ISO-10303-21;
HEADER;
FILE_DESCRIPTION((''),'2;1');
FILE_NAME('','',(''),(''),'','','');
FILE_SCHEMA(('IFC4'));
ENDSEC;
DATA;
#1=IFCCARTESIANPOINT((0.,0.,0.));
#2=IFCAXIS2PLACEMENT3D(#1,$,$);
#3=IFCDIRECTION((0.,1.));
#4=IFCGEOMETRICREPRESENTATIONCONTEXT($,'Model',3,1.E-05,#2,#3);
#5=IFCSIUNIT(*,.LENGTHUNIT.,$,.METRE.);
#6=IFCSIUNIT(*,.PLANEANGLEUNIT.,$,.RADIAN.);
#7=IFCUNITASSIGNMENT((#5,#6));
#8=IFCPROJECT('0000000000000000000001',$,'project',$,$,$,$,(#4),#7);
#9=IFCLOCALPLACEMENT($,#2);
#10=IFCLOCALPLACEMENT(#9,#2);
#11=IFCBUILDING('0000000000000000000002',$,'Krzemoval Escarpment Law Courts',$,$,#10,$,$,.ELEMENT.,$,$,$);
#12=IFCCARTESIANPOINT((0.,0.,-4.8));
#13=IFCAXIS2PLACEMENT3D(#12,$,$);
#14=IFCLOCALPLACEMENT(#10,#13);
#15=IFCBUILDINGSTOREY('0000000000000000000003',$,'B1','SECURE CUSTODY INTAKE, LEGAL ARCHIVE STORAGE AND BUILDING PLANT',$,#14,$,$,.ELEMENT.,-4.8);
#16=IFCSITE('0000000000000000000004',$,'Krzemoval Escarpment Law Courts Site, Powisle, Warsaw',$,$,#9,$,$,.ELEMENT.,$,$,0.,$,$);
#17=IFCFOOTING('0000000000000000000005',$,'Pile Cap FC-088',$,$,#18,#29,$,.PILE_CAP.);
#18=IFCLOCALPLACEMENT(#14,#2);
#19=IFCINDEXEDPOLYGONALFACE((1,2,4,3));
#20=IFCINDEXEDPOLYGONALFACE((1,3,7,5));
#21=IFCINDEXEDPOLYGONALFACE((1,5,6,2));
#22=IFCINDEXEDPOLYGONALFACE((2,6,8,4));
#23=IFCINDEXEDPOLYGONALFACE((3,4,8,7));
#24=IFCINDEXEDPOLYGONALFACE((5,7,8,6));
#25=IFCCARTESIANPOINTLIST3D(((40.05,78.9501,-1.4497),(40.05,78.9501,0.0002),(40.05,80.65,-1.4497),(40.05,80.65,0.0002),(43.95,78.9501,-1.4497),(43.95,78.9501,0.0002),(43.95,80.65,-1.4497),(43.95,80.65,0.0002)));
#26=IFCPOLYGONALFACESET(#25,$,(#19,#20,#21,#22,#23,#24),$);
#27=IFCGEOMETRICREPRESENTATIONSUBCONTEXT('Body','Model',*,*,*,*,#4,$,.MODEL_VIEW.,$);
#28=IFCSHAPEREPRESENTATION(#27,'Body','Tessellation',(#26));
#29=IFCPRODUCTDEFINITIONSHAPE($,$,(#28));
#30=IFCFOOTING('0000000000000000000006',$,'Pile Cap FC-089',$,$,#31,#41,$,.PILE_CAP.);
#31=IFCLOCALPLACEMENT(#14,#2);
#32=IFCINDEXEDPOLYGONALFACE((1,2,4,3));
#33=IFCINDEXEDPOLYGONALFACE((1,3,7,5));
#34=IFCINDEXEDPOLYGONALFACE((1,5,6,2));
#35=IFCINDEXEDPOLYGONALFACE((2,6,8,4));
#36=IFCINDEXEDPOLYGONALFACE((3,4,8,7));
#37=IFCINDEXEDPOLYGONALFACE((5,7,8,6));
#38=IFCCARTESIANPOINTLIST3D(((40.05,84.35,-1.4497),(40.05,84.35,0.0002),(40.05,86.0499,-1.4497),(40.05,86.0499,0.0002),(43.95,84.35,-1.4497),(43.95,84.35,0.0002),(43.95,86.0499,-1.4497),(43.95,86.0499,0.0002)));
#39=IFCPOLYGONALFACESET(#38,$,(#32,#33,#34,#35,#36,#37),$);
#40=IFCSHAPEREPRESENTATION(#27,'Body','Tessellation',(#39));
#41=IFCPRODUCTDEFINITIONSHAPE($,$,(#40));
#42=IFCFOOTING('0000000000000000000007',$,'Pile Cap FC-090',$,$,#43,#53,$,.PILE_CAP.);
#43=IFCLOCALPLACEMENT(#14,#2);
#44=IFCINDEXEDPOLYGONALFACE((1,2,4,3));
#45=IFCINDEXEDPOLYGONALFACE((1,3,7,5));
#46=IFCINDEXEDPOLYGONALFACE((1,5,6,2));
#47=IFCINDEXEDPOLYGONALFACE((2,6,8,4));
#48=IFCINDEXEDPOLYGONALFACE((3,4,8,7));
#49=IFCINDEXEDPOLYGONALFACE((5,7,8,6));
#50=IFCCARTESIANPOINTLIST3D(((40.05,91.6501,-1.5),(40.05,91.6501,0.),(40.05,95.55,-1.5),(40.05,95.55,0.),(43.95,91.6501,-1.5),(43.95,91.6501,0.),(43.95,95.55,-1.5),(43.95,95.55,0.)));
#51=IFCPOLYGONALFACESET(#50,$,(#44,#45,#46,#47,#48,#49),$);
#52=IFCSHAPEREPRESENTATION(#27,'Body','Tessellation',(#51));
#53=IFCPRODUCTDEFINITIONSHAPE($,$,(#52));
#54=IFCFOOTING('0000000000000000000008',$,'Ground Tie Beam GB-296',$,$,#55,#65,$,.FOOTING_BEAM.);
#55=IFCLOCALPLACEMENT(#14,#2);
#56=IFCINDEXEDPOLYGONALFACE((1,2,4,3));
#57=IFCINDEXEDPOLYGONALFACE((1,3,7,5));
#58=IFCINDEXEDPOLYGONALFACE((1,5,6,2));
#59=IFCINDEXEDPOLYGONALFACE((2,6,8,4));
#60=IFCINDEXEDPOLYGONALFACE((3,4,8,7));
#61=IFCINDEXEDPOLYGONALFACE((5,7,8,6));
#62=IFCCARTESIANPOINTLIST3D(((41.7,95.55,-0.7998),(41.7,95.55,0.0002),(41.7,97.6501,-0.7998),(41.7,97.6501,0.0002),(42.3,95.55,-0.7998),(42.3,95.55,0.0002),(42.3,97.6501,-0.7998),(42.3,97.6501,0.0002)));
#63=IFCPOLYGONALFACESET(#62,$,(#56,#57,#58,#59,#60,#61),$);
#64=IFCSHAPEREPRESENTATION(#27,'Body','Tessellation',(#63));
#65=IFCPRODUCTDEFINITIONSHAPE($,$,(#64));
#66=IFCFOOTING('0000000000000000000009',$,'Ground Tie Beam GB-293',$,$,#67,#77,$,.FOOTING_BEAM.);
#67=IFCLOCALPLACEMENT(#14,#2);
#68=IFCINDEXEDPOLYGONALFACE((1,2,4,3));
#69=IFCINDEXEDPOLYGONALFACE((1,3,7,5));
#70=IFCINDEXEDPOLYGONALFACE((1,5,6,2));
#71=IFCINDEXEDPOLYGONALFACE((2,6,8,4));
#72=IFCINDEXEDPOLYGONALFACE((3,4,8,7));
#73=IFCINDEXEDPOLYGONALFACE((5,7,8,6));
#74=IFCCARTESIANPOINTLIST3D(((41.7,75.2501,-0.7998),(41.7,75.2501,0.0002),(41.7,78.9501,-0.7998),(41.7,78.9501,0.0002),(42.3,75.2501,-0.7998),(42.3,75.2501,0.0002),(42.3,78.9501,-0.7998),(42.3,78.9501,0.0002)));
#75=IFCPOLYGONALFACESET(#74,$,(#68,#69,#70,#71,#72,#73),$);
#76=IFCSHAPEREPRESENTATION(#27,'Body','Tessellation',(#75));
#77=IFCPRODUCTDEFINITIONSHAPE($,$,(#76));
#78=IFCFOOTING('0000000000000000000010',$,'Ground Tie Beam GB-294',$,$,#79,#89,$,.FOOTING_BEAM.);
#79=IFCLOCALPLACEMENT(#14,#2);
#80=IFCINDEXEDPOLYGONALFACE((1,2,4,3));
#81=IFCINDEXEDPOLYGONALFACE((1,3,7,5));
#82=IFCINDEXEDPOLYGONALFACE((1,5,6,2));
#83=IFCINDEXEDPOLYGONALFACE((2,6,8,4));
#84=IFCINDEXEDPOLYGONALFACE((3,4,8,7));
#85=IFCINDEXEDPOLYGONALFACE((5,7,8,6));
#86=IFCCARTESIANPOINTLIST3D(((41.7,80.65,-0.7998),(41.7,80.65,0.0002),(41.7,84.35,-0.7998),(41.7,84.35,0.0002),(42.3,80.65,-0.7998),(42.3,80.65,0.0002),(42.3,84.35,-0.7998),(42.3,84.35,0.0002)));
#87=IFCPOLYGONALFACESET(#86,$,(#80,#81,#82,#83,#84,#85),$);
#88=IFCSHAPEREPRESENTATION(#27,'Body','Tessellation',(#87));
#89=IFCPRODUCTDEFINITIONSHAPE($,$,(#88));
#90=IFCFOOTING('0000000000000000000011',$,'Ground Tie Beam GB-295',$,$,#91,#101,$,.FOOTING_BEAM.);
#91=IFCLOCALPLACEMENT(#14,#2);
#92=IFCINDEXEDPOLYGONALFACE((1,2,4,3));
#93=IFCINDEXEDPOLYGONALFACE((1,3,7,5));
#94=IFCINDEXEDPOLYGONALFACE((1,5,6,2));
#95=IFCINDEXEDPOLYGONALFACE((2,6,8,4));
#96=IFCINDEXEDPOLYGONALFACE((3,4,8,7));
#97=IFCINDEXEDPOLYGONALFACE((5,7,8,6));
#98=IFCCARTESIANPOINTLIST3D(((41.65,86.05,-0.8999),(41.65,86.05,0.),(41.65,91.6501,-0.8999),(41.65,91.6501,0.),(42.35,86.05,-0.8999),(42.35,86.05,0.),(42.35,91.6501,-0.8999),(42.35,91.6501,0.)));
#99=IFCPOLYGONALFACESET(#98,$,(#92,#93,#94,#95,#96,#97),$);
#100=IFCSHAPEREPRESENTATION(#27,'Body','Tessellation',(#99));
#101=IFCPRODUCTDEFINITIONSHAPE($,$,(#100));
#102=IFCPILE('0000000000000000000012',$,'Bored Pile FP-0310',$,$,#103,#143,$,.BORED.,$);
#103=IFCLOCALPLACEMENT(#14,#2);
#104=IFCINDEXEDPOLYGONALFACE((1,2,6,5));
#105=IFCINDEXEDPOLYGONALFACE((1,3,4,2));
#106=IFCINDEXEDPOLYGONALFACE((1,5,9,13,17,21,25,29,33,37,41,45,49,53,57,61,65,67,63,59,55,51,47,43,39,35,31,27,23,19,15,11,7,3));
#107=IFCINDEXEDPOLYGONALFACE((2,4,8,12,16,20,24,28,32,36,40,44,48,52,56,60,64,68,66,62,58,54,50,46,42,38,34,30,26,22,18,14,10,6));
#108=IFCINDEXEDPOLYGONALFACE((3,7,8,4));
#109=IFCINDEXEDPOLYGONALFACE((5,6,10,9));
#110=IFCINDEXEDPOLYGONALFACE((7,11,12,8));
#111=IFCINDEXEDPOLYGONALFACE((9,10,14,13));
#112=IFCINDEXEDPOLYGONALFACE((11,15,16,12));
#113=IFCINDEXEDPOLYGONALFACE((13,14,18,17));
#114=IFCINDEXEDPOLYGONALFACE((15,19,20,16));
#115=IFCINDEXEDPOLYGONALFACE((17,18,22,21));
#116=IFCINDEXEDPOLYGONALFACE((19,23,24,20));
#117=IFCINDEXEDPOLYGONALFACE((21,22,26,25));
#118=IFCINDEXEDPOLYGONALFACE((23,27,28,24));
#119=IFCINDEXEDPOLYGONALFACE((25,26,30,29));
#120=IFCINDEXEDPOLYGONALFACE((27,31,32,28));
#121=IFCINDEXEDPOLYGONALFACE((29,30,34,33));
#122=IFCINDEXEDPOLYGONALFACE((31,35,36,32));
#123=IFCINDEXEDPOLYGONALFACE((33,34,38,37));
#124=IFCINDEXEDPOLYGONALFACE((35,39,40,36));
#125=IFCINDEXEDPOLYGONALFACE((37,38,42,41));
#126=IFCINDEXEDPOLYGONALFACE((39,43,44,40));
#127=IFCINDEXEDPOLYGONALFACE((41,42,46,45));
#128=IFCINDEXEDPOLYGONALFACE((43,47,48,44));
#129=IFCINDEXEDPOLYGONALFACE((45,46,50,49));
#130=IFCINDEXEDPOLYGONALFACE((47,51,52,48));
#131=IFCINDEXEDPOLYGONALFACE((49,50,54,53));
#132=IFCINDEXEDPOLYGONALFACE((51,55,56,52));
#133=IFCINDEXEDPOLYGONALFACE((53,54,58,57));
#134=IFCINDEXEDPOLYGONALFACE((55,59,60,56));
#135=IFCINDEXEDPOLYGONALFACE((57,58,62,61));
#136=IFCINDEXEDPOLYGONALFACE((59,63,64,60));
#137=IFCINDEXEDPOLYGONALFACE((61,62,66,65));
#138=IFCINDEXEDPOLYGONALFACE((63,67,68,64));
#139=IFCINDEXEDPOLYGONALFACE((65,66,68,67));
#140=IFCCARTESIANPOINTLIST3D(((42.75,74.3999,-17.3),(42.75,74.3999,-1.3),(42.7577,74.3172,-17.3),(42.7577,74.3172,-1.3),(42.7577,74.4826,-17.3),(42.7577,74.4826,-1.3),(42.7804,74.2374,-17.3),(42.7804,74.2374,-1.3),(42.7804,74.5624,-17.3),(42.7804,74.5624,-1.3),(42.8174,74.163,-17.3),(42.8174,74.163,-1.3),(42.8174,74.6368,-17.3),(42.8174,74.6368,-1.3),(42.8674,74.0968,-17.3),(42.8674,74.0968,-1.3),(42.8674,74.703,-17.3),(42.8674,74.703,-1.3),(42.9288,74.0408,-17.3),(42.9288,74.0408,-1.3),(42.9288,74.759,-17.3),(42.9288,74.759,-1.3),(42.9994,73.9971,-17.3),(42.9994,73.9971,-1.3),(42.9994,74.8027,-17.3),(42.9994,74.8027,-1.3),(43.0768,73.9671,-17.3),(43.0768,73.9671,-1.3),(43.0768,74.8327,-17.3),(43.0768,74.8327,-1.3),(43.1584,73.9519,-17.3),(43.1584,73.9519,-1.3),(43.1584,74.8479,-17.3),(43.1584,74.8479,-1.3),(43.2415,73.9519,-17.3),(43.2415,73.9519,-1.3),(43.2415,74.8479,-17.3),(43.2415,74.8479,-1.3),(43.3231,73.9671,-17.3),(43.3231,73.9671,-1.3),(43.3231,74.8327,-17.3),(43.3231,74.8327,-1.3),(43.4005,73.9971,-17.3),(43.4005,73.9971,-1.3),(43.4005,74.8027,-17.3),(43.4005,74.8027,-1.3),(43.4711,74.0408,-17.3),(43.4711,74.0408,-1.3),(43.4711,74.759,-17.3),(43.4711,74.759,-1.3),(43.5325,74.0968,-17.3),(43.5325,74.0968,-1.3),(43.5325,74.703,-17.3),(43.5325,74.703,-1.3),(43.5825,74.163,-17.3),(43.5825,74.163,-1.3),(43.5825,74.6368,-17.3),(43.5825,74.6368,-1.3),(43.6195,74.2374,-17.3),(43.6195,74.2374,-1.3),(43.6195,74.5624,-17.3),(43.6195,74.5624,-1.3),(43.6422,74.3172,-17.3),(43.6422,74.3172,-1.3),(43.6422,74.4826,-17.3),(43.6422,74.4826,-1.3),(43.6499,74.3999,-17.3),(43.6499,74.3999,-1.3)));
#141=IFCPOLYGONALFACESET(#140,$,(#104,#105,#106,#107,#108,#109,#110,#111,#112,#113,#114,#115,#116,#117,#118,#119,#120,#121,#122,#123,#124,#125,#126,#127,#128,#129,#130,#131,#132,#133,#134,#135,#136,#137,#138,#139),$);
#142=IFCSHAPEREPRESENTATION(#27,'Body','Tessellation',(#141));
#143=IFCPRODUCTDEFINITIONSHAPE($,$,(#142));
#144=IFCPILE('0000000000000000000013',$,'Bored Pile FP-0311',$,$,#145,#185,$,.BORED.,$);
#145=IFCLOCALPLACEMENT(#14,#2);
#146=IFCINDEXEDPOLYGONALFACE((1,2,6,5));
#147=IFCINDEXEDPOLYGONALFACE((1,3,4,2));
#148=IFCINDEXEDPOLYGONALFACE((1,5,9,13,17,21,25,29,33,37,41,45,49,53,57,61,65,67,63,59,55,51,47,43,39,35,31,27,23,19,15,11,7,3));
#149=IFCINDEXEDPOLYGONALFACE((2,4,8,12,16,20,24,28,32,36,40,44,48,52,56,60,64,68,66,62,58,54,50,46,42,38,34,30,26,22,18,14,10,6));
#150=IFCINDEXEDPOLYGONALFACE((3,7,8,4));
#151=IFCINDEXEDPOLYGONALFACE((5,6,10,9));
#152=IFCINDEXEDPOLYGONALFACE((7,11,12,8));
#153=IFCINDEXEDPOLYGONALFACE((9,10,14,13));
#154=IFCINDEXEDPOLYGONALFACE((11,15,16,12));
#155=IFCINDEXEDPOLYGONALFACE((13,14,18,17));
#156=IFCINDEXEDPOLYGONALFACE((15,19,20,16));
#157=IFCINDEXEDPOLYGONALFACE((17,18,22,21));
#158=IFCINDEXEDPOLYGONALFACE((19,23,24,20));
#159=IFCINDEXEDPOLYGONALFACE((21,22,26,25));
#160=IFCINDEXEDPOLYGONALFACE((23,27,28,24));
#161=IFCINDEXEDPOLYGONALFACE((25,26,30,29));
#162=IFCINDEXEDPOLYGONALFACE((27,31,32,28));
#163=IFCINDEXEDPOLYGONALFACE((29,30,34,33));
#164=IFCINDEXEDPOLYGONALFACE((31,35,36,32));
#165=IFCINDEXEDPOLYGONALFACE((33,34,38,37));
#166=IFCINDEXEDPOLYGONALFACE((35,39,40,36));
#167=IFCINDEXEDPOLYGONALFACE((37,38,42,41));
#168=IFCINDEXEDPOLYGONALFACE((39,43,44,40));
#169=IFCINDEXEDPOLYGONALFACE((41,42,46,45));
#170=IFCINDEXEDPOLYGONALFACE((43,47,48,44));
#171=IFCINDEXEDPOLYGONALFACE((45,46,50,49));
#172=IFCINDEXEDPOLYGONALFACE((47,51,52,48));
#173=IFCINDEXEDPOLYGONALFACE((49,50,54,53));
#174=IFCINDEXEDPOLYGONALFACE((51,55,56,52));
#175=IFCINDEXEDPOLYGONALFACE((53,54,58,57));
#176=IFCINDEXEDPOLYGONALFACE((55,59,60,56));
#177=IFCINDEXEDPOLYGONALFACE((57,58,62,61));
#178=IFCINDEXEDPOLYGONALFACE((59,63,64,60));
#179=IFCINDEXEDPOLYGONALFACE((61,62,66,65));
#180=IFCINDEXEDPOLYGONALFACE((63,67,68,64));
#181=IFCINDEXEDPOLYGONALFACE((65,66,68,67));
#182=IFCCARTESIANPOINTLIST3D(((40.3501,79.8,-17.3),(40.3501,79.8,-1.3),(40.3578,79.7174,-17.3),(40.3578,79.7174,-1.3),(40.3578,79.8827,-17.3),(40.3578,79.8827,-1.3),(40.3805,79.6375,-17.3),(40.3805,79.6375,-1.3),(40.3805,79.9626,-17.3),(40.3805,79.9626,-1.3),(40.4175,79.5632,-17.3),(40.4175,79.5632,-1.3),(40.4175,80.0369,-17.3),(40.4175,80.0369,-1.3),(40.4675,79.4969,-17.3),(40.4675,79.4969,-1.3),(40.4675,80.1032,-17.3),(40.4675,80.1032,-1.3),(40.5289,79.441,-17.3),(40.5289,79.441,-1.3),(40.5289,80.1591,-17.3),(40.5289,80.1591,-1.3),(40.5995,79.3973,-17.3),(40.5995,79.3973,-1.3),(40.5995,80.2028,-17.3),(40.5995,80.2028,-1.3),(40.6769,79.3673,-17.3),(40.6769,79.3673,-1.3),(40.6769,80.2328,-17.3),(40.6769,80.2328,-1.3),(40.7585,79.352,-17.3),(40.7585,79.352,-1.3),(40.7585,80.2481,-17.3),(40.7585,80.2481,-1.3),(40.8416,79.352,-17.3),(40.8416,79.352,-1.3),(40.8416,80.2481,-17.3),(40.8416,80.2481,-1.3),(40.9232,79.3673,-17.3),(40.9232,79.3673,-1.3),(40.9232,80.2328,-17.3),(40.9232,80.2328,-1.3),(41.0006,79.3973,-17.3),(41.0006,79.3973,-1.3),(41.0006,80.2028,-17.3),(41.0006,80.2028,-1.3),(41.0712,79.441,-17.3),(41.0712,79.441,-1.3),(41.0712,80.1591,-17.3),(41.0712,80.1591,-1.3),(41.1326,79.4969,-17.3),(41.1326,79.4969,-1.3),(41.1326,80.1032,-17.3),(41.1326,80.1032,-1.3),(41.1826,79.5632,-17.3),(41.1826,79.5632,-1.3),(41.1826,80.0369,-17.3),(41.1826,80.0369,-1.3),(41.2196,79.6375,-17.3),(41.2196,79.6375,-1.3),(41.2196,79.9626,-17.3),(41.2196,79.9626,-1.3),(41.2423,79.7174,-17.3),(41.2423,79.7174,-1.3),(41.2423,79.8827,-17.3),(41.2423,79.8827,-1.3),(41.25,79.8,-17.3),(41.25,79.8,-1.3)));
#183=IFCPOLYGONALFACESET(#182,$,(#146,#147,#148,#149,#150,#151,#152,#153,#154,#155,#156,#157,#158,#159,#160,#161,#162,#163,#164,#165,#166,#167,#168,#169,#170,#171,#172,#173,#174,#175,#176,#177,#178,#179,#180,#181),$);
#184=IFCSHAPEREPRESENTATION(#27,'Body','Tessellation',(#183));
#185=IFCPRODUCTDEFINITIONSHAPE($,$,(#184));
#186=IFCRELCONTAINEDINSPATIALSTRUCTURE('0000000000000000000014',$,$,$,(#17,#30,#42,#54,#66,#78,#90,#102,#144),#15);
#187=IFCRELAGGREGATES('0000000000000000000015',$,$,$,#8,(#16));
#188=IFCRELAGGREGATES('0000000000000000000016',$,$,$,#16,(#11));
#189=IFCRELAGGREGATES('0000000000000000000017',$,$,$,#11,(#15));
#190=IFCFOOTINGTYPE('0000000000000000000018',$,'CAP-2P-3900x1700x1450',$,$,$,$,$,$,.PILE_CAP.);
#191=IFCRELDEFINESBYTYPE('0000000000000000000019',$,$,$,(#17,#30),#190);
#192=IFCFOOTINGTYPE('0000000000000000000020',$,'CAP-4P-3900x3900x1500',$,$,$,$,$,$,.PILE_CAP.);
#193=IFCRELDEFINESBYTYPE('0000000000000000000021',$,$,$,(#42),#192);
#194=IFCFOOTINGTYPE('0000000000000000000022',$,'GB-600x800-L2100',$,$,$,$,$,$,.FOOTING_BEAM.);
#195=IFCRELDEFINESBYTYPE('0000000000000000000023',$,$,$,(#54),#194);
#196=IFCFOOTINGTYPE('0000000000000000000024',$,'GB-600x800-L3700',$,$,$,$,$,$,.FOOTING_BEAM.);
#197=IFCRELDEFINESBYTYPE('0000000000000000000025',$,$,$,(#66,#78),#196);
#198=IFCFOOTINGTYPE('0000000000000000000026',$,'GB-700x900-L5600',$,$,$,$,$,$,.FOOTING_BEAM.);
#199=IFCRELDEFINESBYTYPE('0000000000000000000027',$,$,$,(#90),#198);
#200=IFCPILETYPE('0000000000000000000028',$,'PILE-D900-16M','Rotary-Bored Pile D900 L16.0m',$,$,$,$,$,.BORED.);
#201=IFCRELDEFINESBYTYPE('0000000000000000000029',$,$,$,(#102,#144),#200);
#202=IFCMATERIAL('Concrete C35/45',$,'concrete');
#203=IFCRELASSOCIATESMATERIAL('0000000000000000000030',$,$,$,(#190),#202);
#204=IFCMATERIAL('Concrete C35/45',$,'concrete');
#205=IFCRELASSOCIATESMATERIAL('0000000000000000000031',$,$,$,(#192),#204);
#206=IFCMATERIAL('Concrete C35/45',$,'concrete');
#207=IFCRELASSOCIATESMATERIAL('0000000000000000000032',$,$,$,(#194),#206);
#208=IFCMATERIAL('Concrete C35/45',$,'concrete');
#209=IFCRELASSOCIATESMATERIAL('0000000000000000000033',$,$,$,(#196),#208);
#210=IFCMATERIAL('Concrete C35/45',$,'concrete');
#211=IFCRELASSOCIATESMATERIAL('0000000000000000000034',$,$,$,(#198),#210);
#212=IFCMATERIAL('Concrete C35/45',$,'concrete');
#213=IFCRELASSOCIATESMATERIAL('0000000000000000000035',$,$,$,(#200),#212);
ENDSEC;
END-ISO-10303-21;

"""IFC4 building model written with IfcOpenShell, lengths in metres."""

from ifc_helpers import new_model, si_unit, direction, frame, origin, origin_2d, place, context, subcontext, project, spatial, rectangle, circle, extrude, material, material_profile, profile_set, type_object, element, save


model = new_model("IFC4")

# Units and contexts
model_context = context("Model", 3, precision=1e-05, world=origin(), true_north=direction((0.0, 1.0)))
body_context = subcontext(model_context, "Body", "Model", "MODEL_VIEW")
ifc_project = project(units=[si_unit("LENGTHUNIT", "METRE"), si_unit("PLANEANGLEUNIT", "RADIAN")], contexts=[model_context])

# Site, building, storey
site_placement = place(None, origin())
site = spatial("IfcSite", under=ifc_project, at=site_placement, Name="Krzemoval Escarpment Law Courts Site, Powisle, Warsaw", CompositionType="ELEMENT", RefElevation=0.0)
building_placement = place(site_placement, origin())
building = spatial("IfcBuilding", under=site, at=building_placement, Name="Krzemoval Escarpment Law Courts", CompositionType="ELEMENT")
storey_placement = place(building_placement, frame((0.0, 0.0, -4.8)))
storey = spatial("IfcBuildingStorey", under=building, at=storey_placement, Name="B1", Description="SECURE CUSTODY INTAKE, LEGAL ARCHIVE STORAGE AND BUILDING PLANT", CompositionType="ELEMENT", Elevation=-4.8)

# Footings
ifc_material_1 = material(Name="Concrete C35/45", Category="concrete")
footing_type_1 = type_object("IfcFootingType", Name="CAP-2P-3900x1700x1450", PredefinedType="PILE_CAP", material=ifc_material_1)
for number, where, z_axis, x_axis, name in (
    (1, (42.0, 79.8, -1.4497), (0.0, 0.0, 1.0), (1.0, 0.0, 0.0), "Pile Cap FC-088"),
    (2, (42.0, 85.2, -1.4497), (0.0, 0.0, 1.0), (1.0, 0.0, 0.0), "Pile Cap FC-089"),
):
    element("IfcFooting", number, at=place(storey_placement, frame(where, z_axis=z_axis, x_axis=x_axis)), inside=storey, type_object=footing_type_1, Name=name, PredefinedType="PILE_CAP", context=body_context, shape_type="SweptSolid", body=[
        extrude(rectangle(XDim=3.8999, YDim=1.7, at=origin_2d()), origin(), (0.0, 0.0, 1.0), 1.45),
    ])
ifc_material_2 = material(Name="Concrete C35/45", Category="concrete")
footing_type_2 = type_object("IfcFootingType", Name="CAP-4P-3900x3900x1500", PredefinedType="PILE_CAP", material=ifc_material_2)
footing_1_placement = place(storey_placement, frame((42.0, 93.6001, -1.5), z_axis=(0.0, 0.0, 1.0), x_axis=(1.0, 0.0, 0.0)))
element("IfcFooting", 3, at=footing_1_placement, inside=storey, type_object=footing_type_2, Name="Pile Cap FC-090", PredefinedType="PILE_CAP", context=body_context, shape_type="SweptSolid", body=[
    extrude(rectangle(XDim=3.8999, YDim=3.8999, at=origin_2d()), origin(), (0.0, 0.0, 1.0), 1.5),
])
ifc_material_3 = material(Name="Concrete C35/45", Category="concrete")
footing_type_3 = type_object("IfcFootingType", Name="GB-600x800-L2100", PredefinedType="FOOTING_BEAM", material=ifc_material_3)
footing_2_placement = place(storey_placement, frame((42.0, 96.6001, -0.7998), z_axis=(0.0, 0.0, 1.0), x_axis=(0.0, 1.0, 0.0)))
element("IfcFooting", 4, at=footing_2_placement, inside=storey, type_object=footing_type_3, Name="Ground Tie Beam GB-296", PredefinedType="FOOTING_BEAM", context=body_context, shape_type="SweptSolid", body=[
    extrude(rectangle(XDim=2.1001, YDim=0.6001, at=origin_2d()), origin(), (0.0, 0.0, 1.0), 0.8),
])
ifc_material_4 = material(Name="Concrete C35/45", Category="concrete")
footing_type_4 = type_object("IfcFootingType", Name="GB-600x800-L3700", PredefinedType="FOOTING_BEAM", material=ifc_material_4)
for number, where, z_axis, x_axis, name in (
    (5, (42.0, 77.1001, -0.7998), (0.0, 0.0, 1.0), (0.0, 1.0, 0.0), "Ground Tie Beam GB-293"),
    (6, (42.0, 82.5, -0.7998), (0.0, 0.0, 1.0), (0.0, 1.0, 0.0), "Ground Tie Beam GB-294"),
):
    element("IfcFooting", number, at=place(storey_placement, frame(where, z_axis=z_axis, x_axis=x_axis)), inside=storey, type_object=footing_type_4, Name=name, PredefinedType="FOOTING_BEAM", context=body_context, shape_type="SweptSolid", body=[
        extrude(rectangle(XDim=3.7, YDim=0.6001, at=origin_2d()), origin(), (0.0, 0.0, 1.0), 0.8),
    ])
ifc_material_5 = material(Name="Concrete C35/45", Category="concrete")
footing_type_5 = type_object("IfcFootingType", Name="GB-700x900-L5600", PredefinedType="FOOTING_BEAM", material=ifc_material_5)
footing_3_placement = place(storey_placement, frame((42.0, 88.8501, -0.8999), z_axis=(0.0, 0.0, 1.0), x_axis=(0.0, 1.0, 0.0)))
element("IfcFooting", 7, at=footing_3_placement, inside=storey, type_object=footing_type_5, Name="Ground Tie Beam GB-295", PredefinedType="FOOTING_BEAM", context=body_context, shape_type="SweptSolid", body=[
    extrude(rectangle(XDim=5.6001, YDim=0.7, at=origin_2d()), origin(), (0.0, 0.0, 1.0), 0.8999),
])

# Piles
ifc_material_6 = material(Name="Concrete C35/45", Category="concrete")
ifc_material_profile_1 = material_profile(ifc_material_6, circle(Radius=0.45, at=origin_2d()), Name="PILE D900")
ifc_profile_set_1 = profile_set([ifc_material_profile_1], Name="Concrete C35/45")
pile_type = type_object("IfcPileType", Name="PILE-D900-16M", Description="Rotary-Bored Pile D900 L16.0m", PredefinedType="BORED", material=ifc_profile_set_1)
for number, where, z_axis, x_axis, name in (
    (8, (43.2, 74.3999, -1.3), (0.0, 0.0, -1.0), (1.0, 0.0, 0.0), "Bored Pile FP-0310"),
    (9, (40.8, 79.8, -1.3), (0.0, 0.0, -1.0), (1.0, 0.0, 0.0), "Bored Pile FP-0311"),
):
    element("IfcPile", number, at=place(storey_placement, frame(where, z_axis=z_axis, x_axis=x_axis)), inside=storey, type_object=pile_type, Name=name, PredefinedType="BORED", context=body_context, shape_type="SweptSolid", body=[
        extrude(circle(Radius=0.45, at=origin_2d()), origin(), (0.0, 0.0, 1.0), 16.0),
    ])

save(model, "model.ifc")
